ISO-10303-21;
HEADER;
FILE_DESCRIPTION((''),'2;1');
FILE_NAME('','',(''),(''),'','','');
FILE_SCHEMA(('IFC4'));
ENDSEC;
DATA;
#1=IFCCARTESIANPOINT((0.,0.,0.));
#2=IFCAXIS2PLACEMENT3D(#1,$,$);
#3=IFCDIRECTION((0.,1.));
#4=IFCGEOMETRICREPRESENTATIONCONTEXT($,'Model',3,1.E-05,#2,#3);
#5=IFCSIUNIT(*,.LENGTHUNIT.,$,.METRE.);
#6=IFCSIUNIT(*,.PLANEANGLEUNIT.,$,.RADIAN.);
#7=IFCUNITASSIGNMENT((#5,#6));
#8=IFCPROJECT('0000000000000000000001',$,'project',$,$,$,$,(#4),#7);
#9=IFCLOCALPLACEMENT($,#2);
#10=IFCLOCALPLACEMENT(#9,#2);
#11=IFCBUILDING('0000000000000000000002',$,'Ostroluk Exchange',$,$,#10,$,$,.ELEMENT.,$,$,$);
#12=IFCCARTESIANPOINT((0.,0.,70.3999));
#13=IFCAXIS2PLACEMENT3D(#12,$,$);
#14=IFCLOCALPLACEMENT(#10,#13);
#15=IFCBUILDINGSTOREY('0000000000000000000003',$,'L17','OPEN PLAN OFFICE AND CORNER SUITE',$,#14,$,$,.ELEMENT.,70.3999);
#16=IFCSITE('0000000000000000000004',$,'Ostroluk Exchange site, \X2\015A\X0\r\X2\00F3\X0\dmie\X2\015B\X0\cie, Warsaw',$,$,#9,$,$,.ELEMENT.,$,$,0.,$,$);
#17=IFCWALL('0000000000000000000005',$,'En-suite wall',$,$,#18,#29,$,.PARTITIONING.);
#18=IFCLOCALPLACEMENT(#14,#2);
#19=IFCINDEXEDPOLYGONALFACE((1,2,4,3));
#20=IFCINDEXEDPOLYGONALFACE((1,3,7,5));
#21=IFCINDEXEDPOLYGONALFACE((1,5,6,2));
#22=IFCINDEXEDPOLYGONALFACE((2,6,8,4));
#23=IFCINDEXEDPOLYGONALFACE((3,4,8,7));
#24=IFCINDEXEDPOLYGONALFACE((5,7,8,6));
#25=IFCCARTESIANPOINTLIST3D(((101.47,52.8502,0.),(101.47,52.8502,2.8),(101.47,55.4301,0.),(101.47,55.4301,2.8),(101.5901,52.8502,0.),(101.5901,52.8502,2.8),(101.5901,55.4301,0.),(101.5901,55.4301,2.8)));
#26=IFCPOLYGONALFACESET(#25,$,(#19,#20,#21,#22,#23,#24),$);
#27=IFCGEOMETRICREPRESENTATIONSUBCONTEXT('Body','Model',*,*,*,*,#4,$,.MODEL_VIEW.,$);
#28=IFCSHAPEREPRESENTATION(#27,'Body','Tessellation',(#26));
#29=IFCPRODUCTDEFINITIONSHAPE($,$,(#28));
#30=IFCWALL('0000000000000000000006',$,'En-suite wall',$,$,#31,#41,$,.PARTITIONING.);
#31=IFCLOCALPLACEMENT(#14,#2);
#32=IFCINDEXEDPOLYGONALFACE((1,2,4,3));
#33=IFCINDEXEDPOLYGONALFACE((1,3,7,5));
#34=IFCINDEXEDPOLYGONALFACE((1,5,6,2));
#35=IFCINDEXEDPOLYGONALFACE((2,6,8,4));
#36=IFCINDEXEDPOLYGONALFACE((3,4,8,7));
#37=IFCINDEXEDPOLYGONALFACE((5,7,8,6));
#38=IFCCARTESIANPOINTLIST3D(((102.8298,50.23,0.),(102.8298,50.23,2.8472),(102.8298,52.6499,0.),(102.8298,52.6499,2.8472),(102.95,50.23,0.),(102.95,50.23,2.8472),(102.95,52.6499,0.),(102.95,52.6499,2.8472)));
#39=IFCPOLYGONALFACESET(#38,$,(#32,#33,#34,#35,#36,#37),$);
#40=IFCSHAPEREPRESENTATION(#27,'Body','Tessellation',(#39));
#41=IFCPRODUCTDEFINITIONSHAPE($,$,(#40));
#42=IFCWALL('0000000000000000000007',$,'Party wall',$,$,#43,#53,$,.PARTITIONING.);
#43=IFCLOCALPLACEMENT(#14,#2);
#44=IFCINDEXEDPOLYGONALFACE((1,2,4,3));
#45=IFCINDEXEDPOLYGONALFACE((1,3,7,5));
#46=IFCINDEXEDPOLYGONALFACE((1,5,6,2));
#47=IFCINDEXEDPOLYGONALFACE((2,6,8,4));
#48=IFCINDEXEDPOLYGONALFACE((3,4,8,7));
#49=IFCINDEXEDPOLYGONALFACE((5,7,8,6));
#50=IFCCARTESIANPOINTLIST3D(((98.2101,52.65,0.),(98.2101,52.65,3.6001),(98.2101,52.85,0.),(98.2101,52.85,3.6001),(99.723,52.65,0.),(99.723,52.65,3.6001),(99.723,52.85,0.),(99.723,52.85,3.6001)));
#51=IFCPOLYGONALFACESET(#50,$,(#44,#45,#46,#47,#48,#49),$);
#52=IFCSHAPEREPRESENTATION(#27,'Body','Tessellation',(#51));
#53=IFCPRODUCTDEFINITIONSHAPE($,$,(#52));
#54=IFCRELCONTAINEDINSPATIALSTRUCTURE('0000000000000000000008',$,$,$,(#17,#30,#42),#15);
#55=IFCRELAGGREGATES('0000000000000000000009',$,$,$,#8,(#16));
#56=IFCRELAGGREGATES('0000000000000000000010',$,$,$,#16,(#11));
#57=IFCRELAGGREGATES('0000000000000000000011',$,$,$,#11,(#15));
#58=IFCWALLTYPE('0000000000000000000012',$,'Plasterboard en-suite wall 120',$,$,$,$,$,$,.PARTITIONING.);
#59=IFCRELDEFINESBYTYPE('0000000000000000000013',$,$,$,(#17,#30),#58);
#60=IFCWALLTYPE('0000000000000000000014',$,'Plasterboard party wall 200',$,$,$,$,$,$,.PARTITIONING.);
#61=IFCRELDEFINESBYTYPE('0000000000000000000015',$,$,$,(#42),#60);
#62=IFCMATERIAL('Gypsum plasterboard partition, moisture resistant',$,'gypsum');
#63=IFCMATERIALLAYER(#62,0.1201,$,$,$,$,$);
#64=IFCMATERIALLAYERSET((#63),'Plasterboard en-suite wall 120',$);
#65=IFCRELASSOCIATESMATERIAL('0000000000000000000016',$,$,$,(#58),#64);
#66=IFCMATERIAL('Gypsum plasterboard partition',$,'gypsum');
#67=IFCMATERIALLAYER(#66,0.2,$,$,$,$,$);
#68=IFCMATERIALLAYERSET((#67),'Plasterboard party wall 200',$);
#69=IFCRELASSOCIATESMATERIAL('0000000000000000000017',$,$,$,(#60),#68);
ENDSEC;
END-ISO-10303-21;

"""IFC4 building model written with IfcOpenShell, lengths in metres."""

from ifc_helpers import new_model, si_unit, direction, frame, frame_2d, origin, place, context, subcontext, project, spatial, rectangle, extrude, material, layer, layer_set, type_object, element, save


model = new_model("IFC4")

# Units and contexts
model_context = context("Model", 3, precision=1e-05, world=origin(), true_north=direction((0.0, 1.0)))
body_context = subcontext(model_context, "Body", "Model", "MODEL_VIEW")
ifc_project = project(units=[si_unit("LENGTHUNIT", "METRE"), si_unit("PLANEANGLEUNIT", "RADIAN")], contexts=[model_context])

# Site, building, storey
site_placement = place(None, origin())
site = spatial("IfcSite", under=ifc_project, at=site_placement, Name="Ostroluk Exchange site, Śródmieście, Warsaw", CompositionType="ELEMENT", RefElevation=0.0)
building_placement = place(site_placement, origin())
building = spatial("IfcBuilding", under=site, at=building_placement, Name="Ostroluk Exchange", CompositionType="ELEMENT")
storey_placement = place(building_placement, frame((0.0, 0.0, 70.3999)))
storey = spatial("IfcBuildingStorey", under=building, at=storey_placement, Name="L17", Description="OPEN PLAN OFFICE AND CORNER SUITE", CompositionType="ELEMENT", Elevation=70.3999)

# Walls
ifc_material_1 = material(Name="Gypsum plasterboard partition, moisture resistant", Category="gypsum")
ifc_layer_1 = layer(ifc_material_1, 0.1201)
ifc_layer_set_1 = layer_set([ifc_layer_1], Name="Plasterboard en-suite wall 120")
wall_type_1 = type_object("IfcWallType", Name="Plasterboard en-suite wall 120", PredefinedType="PARTITIONING", material=ifc_layer_set_1)
wall_1_placement = place(storey_placement, frame((101.53, 52.8501, 0.0), z_axis=(0.0, 0.0, 1.0), x_axis=(0.0, 1.0, 0.0)))
element("IfcWall", 1, at=wall_1_placement, inside=storey, type_object=wall_type_1, Name="En-suite wall", PredefinedType="PARTITIONING", context=body_context, shape_type="SweptSolid", body=[
    extrude(rectangle(XDim=2.5798, YDim=0.1201, at=frame_2d((1.29, 0.0))), origin(), (0.0, 0.0, 1.0), 2.8),
])
wall_2_placement = place(storey_placement, frame((102.8899, 52.6499, 0.0), z_axis=(0.0, 0.0, 1.0), x_axis=(0.0, -1.0, 0.0)))
element("IfcWall", 2, at=wall_2_placement, inside=storey, type_object=wall_type_1, Name="En-suite wall", PredefinedType="PARTITIONING", context=body_context, shape_type="SweptSolid", body=[
    extrude(rectangle(XDim=2.4199, YDim=0.1201, at=frame_2d((1.21, 0.0))), origin(), (0.0, 0.0, 1.0), 2.8472),
])
ifc_material_2 = material(Name="Gypsum plasterboard partition", Category="gypsum")
ifc_layer_2 = layer(ifc_material_2, 0.2)
ifc_layer_set_2 = layer_set([ifc_layer_2], Name="Plasterboard party wall 200")
wall_type_2 = type_object("IfcWallType", Name="Plasterboard party wall 200", PredefinedType="PARTITIONING", material=ifc_layer_set_2)
wall_3_placement = place(storey_placement, frame((99.7229, 52.75, 0.0), z_axis=(0.0, 0.0, 1.0), x_axis=(-1.0, 0.0, 0.0)))
element("IfcWall", 3, at=wall_3_placement, inside=storey, type_object=wall_type_2, Name="Party wall", PredefinedType="PARTITIONING", context=body_context, shape_type="SweptSolid", body=[
    extrude(rectangle(XDim=1.5129, YDim=0.2, at=frame_2d((0.7563, 0.0))), origin(), (0.0, 0.0, 1.0), 3.6001),
])

save(model, "model.ifc")
